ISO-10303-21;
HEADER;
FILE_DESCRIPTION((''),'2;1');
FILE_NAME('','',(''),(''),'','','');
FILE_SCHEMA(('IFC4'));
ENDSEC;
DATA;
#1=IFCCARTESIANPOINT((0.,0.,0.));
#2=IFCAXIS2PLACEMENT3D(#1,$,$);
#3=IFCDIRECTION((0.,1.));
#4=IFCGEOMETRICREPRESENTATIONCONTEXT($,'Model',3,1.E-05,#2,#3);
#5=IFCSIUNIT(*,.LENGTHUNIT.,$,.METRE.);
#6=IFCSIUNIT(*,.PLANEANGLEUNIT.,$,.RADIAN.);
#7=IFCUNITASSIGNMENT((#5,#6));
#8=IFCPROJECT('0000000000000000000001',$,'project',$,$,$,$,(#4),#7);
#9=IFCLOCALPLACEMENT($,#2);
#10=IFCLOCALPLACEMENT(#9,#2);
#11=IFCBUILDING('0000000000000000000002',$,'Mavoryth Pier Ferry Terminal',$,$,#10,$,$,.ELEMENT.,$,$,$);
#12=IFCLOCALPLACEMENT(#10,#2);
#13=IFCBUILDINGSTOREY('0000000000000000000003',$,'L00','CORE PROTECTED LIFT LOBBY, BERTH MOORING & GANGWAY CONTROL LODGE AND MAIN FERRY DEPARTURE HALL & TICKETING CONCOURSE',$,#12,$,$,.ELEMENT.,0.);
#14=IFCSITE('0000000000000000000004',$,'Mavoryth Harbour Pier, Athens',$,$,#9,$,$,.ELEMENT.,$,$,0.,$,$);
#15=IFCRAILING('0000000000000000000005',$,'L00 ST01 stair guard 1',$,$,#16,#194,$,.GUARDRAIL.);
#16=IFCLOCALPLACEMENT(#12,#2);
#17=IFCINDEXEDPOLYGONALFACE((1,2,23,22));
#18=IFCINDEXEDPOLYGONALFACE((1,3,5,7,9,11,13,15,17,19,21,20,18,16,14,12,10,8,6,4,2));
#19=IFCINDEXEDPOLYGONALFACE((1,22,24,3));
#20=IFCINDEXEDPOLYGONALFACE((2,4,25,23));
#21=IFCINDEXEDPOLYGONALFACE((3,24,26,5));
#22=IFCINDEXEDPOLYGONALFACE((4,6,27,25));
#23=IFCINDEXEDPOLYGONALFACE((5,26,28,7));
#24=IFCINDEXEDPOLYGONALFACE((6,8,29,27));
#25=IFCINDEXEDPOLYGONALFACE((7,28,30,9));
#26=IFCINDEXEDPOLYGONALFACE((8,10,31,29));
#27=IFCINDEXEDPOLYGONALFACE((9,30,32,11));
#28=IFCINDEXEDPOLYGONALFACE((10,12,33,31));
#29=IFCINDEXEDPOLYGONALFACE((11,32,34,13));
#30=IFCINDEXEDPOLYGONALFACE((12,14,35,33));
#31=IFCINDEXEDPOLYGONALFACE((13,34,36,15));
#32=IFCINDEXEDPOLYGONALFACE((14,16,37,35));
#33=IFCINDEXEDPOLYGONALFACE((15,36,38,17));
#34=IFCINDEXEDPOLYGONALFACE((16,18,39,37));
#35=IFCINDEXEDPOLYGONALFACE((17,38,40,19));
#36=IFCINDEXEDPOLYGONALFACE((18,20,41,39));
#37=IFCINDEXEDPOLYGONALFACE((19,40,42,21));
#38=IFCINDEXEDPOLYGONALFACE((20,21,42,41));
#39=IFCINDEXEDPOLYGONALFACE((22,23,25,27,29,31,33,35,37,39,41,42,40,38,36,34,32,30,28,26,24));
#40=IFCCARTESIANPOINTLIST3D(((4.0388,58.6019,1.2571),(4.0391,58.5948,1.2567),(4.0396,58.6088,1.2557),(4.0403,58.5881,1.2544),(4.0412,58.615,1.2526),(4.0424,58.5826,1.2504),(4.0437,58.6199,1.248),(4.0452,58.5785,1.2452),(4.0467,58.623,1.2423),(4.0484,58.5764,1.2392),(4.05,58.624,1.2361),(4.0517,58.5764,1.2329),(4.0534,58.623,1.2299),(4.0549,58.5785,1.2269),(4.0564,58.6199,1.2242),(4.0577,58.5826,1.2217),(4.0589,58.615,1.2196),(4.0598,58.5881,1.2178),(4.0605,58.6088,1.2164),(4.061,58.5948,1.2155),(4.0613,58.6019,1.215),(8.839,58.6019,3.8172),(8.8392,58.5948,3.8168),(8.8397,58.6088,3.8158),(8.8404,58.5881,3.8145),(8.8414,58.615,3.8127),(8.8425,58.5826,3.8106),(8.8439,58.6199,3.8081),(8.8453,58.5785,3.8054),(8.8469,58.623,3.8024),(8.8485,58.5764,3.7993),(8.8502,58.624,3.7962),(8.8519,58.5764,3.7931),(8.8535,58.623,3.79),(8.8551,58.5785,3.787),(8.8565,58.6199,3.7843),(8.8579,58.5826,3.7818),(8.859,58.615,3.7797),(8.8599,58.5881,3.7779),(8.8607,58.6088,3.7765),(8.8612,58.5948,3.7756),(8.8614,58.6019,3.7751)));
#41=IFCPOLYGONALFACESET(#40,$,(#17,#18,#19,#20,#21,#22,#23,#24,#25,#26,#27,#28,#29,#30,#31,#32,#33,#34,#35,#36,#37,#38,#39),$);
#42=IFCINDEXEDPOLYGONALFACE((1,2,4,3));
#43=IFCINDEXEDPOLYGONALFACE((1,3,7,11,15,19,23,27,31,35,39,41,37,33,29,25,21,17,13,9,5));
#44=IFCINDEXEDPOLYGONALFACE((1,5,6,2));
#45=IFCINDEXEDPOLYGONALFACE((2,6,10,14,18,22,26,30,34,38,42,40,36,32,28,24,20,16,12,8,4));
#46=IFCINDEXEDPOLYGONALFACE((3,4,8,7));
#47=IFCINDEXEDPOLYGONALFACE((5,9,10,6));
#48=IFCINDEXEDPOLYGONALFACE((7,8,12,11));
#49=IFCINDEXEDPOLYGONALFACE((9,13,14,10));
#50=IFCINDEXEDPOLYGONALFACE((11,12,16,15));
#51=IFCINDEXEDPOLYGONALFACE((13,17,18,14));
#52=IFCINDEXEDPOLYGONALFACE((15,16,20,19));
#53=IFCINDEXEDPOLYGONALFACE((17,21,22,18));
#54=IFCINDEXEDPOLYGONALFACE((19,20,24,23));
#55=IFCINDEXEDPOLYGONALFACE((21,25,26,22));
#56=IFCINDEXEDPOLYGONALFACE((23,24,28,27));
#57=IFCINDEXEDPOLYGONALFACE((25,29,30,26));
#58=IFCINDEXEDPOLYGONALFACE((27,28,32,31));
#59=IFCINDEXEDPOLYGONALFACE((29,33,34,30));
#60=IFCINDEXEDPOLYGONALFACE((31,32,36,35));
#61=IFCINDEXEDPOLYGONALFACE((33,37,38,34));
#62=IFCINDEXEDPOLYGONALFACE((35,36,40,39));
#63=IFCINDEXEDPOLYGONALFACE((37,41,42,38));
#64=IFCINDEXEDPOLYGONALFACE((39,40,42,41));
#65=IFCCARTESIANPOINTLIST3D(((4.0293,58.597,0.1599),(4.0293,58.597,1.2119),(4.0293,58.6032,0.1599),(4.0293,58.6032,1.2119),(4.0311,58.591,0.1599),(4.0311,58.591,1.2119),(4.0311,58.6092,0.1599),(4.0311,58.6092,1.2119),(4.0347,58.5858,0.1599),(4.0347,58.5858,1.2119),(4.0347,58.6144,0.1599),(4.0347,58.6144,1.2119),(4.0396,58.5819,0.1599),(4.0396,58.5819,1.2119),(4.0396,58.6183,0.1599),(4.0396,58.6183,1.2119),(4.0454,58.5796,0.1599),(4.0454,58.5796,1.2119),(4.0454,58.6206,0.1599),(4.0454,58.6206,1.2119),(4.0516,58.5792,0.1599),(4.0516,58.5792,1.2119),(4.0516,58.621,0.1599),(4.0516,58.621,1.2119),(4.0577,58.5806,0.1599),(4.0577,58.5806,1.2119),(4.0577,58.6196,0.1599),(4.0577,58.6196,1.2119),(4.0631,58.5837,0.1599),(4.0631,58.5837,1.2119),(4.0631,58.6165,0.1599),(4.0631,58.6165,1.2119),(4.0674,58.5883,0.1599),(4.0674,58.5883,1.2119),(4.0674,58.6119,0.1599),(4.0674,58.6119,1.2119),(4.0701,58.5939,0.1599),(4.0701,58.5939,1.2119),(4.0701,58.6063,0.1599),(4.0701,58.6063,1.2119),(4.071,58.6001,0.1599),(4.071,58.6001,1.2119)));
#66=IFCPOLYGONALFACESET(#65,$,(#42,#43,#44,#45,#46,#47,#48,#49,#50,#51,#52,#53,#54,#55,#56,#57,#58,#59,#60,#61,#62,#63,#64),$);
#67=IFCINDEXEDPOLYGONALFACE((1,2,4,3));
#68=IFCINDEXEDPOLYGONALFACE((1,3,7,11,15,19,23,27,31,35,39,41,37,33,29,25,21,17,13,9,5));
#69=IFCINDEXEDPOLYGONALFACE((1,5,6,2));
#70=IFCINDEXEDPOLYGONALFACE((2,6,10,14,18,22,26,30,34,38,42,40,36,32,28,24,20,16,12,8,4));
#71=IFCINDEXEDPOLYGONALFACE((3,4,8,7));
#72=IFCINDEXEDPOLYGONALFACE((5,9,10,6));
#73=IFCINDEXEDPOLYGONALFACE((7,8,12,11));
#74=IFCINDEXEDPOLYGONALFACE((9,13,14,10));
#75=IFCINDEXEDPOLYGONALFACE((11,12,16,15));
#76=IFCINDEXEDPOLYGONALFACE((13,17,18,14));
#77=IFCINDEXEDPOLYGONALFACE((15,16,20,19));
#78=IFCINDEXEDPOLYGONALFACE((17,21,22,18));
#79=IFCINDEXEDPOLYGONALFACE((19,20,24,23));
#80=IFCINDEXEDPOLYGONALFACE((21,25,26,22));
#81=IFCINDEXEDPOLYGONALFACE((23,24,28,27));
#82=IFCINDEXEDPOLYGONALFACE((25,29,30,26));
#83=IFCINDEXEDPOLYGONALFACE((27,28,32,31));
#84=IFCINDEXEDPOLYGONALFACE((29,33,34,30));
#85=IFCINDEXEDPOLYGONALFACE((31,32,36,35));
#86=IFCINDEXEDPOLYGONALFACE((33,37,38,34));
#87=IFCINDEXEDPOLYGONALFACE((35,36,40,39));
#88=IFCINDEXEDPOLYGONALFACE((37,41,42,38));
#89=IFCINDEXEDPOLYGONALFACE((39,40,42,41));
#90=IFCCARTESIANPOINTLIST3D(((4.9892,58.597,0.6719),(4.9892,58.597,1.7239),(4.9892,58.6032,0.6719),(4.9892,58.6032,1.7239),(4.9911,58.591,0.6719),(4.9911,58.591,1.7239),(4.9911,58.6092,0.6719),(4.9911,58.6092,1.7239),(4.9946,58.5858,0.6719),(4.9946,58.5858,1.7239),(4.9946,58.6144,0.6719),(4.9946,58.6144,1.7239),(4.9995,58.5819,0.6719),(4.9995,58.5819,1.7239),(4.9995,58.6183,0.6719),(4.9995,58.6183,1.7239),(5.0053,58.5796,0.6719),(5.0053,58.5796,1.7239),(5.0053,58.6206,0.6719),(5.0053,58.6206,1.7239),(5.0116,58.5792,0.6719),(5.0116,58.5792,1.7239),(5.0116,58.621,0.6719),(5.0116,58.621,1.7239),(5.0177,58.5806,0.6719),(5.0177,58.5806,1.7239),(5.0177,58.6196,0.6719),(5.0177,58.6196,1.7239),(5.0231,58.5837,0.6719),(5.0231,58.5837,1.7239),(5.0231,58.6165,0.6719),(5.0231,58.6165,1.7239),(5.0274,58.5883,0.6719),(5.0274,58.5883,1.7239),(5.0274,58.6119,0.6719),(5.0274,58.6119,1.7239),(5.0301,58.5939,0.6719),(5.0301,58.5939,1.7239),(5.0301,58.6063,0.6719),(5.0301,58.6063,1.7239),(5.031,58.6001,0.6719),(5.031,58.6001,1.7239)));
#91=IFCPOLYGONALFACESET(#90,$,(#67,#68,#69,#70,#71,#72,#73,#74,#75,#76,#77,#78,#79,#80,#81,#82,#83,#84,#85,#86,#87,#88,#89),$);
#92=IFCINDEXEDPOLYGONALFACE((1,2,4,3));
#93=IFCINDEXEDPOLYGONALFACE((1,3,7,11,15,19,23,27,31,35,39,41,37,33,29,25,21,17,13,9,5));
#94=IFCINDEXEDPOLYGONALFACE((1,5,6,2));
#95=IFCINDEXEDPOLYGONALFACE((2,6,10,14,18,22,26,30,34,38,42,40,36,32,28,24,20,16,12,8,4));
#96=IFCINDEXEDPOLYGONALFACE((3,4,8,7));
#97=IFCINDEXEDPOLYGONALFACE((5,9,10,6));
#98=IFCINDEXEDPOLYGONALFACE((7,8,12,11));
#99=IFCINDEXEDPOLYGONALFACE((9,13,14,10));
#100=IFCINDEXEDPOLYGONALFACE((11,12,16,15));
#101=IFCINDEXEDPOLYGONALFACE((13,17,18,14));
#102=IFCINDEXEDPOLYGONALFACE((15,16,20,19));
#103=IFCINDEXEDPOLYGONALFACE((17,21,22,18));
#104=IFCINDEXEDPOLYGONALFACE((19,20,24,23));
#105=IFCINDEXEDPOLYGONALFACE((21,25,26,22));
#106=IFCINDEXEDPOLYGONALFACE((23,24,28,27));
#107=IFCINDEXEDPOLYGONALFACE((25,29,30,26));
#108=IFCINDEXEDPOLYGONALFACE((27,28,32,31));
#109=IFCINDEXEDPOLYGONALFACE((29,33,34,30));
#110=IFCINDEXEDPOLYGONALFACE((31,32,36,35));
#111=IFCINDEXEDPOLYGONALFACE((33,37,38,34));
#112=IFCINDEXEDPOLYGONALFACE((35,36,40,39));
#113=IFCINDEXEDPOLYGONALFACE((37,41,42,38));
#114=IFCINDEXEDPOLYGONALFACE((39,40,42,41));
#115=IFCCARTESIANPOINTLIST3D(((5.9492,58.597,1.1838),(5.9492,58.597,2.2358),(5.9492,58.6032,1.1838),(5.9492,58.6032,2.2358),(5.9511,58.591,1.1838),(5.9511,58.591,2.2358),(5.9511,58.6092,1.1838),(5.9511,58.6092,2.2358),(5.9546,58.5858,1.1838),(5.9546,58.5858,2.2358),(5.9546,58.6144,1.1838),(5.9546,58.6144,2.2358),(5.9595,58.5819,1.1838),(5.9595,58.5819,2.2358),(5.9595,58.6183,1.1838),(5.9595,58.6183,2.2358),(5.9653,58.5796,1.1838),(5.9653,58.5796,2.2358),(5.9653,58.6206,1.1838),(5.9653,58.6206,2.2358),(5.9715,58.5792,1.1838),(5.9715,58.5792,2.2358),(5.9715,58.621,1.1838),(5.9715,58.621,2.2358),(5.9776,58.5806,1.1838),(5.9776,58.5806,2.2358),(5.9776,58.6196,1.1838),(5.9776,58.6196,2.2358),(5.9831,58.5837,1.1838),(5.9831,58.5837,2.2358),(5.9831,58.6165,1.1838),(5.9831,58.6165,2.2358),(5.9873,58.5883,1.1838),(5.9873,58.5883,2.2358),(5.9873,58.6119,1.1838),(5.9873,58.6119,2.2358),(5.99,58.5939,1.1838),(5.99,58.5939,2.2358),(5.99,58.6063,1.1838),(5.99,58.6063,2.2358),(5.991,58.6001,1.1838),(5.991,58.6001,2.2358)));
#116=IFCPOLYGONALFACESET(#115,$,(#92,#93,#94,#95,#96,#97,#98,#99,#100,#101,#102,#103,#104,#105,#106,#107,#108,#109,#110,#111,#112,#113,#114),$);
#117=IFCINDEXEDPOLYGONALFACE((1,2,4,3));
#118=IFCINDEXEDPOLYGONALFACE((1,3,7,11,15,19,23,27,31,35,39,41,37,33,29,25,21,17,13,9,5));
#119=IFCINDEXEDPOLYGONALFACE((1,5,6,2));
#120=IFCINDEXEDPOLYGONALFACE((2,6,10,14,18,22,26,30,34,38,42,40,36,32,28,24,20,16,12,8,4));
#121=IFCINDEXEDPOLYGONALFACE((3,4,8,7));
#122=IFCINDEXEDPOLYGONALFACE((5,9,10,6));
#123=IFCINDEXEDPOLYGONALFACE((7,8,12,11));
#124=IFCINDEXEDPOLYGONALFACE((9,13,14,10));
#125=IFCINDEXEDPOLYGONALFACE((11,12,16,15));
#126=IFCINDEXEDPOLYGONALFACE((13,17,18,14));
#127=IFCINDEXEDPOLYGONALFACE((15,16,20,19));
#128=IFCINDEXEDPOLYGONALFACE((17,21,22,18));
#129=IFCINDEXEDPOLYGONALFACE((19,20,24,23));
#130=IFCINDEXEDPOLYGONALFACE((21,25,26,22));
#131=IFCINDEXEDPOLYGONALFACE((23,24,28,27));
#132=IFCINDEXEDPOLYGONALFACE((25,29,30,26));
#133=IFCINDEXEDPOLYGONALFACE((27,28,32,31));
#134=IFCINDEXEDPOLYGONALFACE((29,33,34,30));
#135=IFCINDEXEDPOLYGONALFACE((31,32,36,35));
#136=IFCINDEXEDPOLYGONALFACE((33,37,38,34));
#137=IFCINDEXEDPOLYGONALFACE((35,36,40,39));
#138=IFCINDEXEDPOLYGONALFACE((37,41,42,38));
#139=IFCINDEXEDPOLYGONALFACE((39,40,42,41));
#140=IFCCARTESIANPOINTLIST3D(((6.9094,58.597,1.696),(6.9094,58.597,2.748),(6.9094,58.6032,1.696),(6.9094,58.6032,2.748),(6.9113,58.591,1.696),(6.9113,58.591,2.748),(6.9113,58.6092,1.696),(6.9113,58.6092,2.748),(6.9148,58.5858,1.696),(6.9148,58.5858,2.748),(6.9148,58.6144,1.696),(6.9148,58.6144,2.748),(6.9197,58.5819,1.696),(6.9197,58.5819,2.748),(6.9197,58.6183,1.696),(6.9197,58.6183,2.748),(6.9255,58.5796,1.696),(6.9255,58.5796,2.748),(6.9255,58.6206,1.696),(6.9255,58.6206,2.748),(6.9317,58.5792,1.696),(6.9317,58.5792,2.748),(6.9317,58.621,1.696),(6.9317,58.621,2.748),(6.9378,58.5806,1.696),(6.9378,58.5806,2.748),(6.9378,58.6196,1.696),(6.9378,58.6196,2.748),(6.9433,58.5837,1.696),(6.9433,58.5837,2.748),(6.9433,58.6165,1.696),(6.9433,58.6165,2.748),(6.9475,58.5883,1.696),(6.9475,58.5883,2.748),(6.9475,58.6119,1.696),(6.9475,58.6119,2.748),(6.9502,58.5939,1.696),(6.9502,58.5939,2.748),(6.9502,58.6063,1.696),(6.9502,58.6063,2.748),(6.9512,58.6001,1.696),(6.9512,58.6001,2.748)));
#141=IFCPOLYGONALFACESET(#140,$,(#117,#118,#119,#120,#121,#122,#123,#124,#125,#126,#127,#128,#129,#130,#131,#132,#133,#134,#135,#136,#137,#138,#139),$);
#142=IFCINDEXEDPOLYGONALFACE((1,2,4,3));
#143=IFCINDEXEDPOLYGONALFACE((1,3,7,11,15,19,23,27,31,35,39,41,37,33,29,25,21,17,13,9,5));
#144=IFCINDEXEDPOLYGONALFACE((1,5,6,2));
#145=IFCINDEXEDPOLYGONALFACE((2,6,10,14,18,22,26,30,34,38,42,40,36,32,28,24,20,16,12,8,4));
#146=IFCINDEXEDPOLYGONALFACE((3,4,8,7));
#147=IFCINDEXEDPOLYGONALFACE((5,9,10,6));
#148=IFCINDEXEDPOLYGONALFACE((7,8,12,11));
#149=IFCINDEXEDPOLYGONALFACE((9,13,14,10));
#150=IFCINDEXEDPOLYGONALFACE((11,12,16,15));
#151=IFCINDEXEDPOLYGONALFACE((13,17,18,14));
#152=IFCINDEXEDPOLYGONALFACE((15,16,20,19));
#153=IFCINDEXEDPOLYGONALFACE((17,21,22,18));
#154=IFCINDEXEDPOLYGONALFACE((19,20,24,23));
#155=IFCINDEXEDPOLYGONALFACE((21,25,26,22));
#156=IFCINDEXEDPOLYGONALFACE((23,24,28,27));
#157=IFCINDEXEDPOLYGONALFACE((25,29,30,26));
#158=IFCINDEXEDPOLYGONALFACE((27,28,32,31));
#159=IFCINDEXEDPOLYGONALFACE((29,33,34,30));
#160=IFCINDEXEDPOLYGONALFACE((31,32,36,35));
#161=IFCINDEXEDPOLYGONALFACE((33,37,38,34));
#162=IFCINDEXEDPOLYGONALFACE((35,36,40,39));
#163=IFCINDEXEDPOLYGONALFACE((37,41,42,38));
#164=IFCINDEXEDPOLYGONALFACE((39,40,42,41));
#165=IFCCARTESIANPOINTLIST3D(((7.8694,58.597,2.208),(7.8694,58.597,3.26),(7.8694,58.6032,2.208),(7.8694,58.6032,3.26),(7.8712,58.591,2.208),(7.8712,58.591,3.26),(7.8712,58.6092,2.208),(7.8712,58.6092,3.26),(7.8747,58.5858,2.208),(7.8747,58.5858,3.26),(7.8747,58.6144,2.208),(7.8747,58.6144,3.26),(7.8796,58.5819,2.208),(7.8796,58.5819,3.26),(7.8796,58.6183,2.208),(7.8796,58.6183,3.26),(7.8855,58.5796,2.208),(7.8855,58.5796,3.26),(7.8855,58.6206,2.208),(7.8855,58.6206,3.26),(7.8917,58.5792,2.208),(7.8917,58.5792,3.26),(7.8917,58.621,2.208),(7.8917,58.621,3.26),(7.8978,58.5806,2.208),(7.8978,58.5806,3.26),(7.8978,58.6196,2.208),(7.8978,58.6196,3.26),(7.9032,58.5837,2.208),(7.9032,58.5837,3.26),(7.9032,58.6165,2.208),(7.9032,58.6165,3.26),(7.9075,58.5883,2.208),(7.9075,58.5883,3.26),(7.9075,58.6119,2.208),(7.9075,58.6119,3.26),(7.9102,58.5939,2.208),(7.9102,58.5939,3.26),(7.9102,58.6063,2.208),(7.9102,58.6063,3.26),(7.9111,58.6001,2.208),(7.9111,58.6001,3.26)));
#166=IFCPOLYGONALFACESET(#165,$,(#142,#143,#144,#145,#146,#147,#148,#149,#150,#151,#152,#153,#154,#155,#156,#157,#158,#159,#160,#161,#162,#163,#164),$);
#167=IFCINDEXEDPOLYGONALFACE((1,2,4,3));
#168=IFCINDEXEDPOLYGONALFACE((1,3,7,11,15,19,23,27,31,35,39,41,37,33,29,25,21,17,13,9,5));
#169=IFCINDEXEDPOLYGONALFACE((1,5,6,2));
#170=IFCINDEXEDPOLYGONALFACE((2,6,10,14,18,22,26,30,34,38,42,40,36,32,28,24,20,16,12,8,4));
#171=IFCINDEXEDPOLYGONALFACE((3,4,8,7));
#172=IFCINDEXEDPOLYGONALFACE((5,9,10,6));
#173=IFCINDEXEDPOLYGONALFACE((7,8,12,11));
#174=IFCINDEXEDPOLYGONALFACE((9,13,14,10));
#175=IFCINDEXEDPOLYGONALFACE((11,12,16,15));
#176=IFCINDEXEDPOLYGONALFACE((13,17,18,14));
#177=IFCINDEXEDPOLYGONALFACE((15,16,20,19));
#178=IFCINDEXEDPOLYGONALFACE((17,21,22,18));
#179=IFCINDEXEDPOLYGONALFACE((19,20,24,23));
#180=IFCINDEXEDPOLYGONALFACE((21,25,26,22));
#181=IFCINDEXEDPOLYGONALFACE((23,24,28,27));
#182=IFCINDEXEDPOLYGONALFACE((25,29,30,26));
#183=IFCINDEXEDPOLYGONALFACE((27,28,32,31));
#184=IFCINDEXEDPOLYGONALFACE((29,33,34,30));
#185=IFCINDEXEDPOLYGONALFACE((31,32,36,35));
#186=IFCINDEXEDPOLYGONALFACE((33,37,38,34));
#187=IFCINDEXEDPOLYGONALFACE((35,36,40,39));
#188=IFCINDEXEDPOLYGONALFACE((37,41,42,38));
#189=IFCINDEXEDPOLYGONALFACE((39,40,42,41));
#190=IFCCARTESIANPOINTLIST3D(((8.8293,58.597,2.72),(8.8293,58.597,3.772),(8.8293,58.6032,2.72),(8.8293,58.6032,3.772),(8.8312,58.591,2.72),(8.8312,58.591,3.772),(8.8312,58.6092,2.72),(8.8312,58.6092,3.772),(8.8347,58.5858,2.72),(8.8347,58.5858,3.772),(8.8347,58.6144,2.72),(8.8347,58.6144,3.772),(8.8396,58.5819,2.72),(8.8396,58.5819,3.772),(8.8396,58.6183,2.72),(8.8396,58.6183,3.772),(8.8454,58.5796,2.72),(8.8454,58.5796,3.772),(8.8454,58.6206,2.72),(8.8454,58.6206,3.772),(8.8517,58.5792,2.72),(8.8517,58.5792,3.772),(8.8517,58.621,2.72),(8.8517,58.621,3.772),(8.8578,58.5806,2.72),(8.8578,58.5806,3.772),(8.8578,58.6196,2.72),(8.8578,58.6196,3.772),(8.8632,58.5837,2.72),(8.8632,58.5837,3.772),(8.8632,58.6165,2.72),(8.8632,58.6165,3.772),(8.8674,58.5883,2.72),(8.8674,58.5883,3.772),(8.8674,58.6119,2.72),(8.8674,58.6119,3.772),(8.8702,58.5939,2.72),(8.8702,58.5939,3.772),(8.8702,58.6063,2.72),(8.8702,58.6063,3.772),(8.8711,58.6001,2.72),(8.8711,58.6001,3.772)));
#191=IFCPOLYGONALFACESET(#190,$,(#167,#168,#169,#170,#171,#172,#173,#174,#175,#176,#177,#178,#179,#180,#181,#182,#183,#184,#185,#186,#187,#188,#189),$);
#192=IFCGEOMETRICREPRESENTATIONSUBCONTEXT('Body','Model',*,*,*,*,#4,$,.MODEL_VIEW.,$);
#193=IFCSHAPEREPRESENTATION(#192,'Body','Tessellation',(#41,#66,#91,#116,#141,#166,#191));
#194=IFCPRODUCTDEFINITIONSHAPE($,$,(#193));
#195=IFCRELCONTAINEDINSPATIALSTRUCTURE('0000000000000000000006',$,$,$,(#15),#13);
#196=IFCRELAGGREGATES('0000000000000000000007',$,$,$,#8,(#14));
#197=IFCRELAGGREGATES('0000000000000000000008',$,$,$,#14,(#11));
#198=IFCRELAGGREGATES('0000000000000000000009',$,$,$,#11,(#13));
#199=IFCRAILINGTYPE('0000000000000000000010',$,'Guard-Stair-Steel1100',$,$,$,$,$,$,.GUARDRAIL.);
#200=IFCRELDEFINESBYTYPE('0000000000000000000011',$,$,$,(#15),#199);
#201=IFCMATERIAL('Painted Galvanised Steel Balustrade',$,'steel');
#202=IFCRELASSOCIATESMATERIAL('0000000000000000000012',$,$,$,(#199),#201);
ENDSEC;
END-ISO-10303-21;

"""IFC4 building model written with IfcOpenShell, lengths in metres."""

from ifc_helpers import new_model, si_unit, direction, frame, origin, origin_2d, place, context, subcontext, project, spatial, circle, extrude, material, type_object, element, save


model = new_model("IFC4")

# Units and contexts
model_context = context("Model", 3, precision=1e-05, world=origin(), true_north=direction((0.0, 1.0)))
body_context = subcontext(model_context, "Body", "Model", "MODEL_VIEW")
ifc_project = project(units=[si_unit("LENGTHUNIT", "METRE"), si_unit("PLANEANGLEUNIT", "RADIAN")], contexts=[model_context])

# Site, building, storey
site_placement = place(None, origin())
site = spatial("IfcSite", under=ifc_project, at=site_placement, Name="Mavoryth Harbour Pier, Athens", CompositionType="ELEMENT", RefElevation=0.0)
building_placement = place(site_placement, origin())
building = spatial("IfcBuilding", under=site, at=building_placement, Name="Mavoryth Pier Ferry Terminal", CompositionType="ELEMENT")
storey_placement = place(building_placement, origin())
storey = spatial("IfcBuildingStorey", under=building, at=storey_placement, Name="L00", Description="CORE PROTECTED LIFT LOBBY, BERTH MOORING & GANGWAY CONTROL LODGE AND MAIN FERRY DEPARTURE HALL & TICKETING CONCOURSE", CompositionType="ELEMENT", Elevation=0.0)

# Railing
ifc_material_1 = material(Name="Painted Galvanised Steel Balustrade", Category="steel")
railing_type_1 = type_object("IfcRailingType", Name="Guard-Stair-Steel1100", PredefinedType="GUARDRAIL", material=ifc_material_1)
railing_1_placement = place(storey_placement, frame((4.05, 58.6001, 0.1599)))
element("IfcRailing", 1, at=railing_1_placement, inside=storey, type_object=railing_type_1, Name="L00 ST01 stair guard 1", PredefinedType="GUARDRAIL", context=body_context, shape_type="SweptSolid", body=[
    extrude(circle(Radius=0.0239, at=origin_2d()), frame((0.0, 0.0, 1.0762), z_axis=(0.88235, 0.0, 0.470593), x_axis=(0.0, 1.0, 0.0)), (0.0, 0.0, 1.0), 5.4402),
    extrude(circle(Radius=0.021, at=origin_2d()), origin(), (0.0, 0.0, 1.0), 1.052),
    extrude(circle(Radius=0.021, at=origin_2d()), frame((0.96, 0.0, 0.512)), (0.0, 0.0, 1.0), 1.052),
    extrude(circle(Radius=0.021, at=origin_2d()), frame((1.9199, 0.0, 1.0239)), (0.0, 0.0, 1.0), 1.052),
    extrude(circle(Radius=0.021, at=origin_2d()), frame((2.8801, 0.0, 1.5361)), (0.0, 0.0, 1.0), 1.052),
    extrude(circle(Radius=0.021, at=origin_2d()), frame((3.8401, 0.0, 2.0481)), (0.0, 0.0, 1.0), 1.052),
    extrude(circle(Radius=0.021, at=origin_2d()), frame((4.8, 0.0, 2.5601)), (0.0, 0.0, 1.0), 1.052),
])

save(model, "model.ifc")
